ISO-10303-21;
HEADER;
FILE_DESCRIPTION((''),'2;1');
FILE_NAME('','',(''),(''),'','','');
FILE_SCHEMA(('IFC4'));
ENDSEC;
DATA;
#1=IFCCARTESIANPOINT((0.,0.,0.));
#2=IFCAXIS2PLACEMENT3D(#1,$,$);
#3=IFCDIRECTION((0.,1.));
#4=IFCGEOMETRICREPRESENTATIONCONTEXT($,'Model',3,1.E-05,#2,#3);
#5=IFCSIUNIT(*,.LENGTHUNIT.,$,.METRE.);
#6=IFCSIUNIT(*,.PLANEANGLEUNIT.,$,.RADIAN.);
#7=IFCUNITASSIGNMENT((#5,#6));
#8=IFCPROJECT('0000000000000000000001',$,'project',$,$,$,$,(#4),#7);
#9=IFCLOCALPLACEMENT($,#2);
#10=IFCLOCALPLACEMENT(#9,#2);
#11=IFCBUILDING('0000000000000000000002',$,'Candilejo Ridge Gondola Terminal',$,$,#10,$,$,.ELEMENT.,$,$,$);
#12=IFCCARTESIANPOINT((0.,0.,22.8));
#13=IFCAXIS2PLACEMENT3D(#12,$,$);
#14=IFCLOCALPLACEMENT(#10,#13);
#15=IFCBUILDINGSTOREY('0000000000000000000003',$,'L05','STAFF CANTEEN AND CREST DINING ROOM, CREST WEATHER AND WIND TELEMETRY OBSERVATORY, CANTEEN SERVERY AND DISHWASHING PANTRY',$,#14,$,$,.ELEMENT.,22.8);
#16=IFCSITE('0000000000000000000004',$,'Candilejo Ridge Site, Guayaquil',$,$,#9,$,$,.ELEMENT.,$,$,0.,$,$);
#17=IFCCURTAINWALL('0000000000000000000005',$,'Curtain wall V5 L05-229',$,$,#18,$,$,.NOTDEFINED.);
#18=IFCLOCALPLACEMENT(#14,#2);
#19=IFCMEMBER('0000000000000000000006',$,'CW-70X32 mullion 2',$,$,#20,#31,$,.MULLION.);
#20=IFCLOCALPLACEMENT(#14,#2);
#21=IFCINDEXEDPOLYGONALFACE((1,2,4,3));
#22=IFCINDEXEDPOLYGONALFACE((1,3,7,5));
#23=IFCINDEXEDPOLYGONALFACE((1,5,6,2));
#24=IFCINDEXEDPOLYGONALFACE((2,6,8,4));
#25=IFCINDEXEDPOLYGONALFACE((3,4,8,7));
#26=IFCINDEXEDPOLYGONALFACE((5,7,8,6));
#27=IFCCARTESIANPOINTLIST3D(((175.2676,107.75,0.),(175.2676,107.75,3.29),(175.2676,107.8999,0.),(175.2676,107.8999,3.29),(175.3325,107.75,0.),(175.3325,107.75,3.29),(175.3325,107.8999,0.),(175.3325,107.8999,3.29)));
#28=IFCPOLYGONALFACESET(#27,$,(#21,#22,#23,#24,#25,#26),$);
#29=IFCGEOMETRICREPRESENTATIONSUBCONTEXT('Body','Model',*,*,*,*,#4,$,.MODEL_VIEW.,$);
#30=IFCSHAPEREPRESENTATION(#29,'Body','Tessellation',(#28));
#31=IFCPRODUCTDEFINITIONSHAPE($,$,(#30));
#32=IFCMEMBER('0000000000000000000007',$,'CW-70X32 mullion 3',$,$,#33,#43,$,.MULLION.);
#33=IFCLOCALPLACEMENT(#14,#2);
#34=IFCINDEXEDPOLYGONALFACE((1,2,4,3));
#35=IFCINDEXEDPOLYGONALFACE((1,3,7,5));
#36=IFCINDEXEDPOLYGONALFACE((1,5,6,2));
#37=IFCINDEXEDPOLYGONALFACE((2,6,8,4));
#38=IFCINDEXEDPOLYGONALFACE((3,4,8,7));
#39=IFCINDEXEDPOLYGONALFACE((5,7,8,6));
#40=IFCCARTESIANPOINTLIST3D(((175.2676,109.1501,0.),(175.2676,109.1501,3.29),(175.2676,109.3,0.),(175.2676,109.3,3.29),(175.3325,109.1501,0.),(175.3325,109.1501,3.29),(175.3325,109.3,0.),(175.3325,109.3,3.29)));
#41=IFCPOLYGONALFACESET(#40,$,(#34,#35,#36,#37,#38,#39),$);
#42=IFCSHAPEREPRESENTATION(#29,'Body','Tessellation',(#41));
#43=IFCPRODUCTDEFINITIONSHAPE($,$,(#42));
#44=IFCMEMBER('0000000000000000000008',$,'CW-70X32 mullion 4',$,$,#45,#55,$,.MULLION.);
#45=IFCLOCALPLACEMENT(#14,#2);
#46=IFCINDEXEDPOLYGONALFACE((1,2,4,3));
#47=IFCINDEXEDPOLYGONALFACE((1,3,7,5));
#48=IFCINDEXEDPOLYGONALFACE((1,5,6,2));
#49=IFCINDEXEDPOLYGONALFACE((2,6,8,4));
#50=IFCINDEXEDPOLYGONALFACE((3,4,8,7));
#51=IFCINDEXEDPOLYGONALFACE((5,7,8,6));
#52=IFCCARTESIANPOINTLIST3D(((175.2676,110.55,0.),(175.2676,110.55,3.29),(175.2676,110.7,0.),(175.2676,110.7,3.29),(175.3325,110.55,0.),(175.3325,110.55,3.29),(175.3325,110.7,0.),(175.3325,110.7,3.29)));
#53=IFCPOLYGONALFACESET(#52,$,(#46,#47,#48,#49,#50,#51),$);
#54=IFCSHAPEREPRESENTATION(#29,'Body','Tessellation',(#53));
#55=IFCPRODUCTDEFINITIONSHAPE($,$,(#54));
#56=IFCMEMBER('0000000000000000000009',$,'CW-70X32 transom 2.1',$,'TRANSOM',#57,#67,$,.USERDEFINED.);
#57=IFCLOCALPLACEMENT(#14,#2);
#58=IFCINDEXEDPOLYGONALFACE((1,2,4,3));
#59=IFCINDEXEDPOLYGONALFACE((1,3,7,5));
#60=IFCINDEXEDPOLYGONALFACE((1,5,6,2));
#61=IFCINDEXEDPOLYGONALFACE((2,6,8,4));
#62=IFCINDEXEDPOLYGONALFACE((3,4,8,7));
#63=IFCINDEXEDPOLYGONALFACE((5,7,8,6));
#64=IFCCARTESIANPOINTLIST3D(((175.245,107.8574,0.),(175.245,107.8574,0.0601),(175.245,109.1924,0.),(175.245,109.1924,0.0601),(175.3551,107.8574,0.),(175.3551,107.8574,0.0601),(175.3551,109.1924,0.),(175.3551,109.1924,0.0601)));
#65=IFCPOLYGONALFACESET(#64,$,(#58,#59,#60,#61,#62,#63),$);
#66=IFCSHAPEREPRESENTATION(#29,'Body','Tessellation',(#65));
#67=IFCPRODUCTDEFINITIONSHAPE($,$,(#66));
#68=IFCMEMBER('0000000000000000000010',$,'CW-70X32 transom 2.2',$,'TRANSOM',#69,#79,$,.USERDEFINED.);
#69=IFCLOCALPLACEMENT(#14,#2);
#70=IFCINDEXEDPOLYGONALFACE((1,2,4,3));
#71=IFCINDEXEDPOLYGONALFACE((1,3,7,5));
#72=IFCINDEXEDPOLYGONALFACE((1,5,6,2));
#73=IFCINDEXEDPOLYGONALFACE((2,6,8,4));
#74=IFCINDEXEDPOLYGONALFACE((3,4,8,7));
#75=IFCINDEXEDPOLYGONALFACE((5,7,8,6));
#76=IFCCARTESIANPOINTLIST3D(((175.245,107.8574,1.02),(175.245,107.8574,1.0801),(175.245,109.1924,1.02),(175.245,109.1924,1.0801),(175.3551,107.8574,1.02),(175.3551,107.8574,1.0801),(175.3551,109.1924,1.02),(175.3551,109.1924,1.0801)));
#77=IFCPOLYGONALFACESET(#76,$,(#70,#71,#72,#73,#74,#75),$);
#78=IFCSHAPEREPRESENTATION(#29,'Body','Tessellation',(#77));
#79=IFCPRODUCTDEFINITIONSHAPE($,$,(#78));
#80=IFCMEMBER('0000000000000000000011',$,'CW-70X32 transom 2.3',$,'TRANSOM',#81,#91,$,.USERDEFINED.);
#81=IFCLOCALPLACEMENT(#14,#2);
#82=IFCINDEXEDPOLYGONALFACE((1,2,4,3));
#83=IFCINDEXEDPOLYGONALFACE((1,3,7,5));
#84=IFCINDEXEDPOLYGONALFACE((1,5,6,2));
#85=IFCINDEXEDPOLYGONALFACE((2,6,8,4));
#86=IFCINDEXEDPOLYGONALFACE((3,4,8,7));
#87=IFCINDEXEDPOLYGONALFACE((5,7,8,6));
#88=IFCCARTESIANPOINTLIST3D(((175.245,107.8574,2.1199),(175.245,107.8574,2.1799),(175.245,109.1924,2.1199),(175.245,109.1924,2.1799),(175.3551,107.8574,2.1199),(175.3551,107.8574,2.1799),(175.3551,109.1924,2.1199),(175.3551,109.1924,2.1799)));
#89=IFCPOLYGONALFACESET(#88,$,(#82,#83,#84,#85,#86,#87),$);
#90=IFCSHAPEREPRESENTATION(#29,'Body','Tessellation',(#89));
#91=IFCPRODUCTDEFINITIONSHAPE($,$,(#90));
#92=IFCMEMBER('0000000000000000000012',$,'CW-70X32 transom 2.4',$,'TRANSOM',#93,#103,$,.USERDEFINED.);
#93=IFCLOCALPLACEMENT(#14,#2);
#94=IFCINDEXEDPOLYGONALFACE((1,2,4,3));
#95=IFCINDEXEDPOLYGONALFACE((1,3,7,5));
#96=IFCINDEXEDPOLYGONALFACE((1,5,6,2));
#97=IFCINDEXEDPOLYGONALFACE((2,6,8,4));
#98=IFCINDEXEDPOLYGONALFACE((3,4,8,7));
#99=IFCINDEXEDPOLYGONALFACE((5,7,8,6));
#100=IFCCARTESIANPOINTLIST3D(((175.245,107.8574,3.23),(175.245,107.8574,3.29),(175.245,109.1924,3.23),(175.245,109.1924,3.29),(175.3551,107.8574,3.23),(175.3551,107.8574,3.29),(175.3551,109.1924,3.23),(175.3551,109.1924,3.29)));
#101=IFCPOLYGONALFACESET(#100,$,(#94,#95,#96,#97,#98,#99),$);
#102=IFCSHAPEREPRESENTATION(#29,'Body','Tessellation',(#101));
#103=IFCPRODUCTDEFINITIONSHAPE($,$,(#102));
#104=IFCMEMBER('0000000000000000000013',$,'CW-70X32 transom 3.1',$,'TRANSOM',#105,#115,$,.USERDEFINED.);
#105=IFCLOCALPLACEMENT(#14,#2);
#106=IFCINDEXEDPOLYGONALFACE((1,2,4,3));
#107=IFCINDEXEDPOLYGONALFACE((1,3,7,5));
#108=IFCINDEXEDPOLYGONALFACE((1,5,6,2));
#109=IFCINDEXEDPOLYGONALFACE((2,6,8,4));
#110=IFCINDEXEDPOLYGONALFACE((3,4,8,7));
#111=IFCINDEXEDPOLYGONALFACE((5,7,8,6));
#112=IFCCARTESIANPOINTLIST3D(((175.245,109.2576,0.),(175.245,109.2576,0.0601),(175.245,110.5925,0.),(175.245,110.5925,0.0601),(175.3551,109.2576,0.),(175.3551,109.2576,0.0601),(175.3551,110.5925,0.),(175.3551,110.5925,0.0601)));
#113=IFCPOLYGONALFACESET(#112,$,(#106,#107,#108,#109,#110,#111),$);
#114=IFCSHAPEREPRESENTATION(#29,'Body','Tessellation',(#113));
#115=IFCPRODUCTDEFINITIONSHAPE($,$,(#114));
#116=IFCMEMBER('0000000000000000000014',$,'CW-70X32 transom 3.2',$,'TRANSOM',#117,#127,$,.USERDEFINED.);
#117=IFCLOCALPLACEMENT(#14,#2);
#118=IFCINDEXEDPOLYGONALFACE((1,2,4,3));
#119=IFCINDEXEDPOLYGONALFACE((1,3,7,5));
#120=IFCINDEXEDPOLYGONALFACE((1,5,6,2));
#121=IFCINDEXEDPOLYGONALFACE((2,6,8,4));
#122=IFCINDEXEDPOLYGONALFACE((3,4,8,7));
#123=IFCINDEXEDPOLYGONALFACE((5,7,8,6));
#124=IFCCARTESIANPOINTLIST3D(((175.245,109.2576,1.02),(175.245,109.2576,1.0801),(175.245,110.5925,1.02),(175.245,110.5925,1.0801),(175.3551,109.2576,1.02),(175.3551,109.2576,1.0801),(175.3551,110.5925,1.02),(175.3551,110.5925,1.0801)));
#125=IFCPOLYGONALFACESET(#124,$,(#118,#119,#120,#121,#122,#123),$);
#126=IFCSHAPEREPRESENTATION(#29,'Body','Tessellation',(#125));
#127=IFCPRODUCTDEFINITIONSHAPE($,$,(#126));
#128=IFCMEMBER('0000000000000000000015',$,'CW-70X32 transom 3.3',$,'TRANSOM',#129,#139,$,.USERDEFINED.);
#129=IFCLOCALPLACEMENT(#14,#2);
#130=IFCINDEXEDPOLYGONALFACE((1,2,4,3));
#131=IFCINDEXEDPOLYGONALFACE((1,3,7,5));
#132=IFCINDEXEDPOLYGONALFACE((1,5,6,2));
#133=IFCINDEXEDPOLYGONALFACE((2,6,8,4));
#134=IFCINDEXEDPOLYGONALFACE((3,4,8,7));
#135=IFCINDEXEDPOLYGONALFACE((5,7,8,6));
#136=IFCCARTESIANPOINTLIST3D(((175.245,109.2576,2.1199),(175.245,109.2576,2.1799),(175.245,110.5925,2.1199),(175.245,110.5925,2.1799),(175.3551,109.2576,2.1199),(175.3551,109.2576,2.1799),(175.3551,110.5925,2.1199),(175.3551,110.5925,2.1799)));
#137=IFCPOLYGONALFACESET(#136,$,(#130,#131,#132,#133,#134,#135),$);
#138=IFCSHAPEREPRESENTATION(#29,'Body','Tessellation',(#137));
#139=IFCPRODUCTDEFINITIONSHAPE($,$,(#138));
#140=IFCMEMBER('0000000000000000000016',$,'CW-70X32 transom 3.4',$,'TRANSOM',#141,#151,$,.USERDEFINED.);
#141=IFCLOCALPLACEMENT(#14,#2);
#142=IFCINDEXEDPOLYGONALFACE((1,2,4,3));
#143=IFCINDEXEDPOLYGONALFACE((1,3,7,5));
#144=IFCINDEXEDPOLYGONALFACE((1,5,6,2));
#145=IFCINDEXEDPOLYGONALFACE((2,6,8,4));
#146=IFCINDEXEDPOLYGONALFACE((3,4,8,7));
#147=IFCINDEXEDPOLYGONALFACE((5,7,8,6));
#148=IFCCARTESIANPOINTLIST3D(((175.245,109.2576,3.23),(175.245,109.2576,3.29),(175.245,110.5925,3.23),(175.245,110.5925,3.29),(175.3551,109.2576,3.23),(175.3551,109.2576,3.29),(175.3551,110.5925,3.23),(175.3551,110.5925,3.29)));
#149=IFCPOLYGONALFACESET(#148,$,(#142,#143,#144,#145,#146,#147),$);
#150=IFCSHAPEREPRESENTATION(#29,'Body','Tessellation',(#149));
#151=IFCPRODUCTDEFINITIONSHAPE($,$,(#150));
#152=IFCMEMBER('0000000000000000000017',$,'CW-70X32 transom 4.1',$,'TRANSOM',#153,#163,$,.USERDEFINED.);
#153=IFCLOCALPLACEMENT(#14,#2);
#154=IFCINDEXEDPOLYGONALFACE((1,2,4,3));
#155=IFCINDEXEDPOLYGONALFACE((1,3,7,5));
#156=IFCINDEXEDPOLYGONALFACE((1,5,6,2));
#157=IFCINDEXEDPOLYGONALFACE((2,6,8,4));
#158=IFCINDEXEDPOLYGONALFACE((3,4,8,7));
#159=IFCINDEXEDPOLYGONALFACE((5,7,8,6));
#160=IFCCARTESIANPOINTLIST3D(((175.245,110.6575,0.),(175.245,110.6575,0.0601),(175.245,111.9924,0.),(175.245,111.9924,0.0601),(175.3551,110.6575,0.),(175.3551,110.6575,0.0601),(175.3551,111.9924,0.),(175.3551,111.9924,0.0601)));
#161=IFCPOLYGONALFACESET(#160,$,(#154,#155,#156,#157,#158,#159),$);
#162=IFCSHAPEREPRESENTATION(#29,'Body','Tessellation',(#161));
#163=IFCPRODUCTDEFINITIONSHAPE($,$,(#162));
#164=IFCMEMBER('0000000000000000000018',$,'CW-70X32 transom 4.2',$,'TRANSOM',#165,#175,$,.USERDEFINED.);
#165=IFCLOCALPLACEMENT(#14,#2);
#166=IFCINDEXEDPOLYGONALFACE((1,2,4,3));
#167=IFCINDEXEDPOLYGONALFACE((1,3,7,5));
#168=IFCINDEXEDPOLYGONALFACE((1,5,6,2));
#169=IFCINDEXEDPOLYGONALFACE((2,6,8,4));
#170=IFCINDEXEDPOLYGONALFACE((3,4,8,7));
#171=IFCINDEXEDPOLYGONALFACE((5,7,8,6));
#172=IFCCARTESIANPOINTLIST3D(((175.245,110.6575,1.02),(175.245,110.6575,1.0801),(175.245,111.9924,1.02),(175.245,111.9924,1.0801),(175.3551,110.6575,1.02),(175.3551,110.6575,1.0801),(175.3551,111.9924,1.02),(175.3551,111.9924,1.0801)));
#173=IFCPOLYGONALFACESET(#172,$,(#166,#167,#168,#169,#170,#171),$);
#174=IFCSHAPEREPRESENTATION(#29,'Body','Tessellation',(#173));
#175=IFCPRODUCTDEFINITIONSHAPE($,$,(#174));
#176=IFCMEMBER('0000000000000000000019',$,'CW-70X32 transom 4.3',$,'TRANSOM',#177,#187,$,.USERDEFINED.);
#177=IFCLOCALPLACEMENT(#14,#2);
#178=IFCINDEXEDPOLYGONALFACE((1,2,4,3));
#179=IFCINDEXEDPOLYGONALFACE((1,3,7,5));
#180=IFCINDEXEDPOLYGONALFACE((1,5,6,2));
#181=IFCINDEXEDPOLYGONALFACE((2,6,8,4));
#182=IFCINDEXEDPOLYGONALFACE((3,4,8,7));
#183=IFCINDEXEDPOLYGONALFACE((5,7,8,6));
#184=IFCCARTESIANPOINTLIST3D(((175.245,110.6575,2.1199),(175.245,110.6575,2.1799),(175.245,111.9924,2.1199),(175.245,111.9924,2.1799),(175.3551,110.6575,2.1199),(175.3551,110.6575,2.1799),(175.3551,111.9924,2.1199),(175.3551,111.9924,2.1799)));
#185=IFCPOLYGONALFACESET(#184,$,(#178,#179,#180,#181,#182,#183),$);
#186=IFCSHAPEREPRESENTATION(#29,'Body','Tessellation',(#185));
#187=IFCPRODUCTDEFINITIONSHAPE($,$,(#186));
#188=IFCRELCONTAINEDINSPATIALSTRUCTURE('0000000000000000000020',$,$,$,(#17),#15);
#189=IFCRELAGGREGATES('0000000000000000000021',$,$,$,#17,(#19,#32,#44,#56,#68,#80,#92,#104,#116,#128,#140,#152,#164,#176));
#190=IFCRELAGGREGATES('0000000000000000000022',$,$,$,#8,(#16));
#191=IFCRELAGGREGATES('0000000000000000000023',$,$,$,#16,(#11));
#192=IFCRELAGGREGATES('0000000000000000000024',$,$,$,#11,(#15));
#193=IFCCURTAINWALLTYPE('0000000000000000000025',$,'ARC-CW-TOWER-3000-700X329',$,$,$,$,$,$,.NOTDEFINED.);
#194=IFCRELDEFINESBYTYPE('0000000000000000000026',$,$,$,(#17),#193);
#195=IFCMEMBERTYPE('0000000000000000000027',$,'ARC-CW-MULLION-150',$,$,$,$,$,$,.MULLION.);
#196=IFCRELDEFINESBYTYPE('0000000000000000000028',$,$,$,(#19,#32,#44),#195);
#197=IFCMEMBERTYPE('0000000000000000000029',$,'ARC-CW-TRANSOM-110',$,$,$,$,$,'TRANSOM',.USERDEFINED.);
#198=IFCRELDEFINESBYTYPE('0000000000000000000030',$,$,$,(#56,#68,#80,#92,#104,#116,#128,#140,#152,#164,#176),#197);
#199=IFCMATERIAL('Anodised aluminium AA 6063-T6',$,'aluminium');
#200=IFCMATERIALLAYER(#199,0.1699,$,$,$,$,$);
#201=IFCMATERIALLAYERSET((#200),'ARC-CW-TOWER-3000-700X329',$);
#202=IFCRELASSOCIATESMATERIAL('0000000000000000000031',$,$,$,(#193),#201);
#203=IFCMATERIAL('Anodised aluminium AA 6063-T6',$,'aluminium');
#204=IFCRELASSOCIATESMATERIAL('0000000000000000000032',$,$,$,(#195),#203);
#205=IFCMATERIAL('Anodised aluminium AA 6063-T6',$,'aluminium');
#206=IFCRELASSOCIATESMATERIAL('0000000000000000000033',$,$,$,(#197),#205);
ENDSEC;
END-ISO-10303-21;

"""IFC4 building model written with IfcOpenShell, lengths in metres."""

from ifc_helpers import new_model, si_unit, direction, frame, origin, origin_2d, place, context, subcontext, project, spatial, rectangle, extrude, material, layer, layer_set, material_profile, profile_set, type_object, element, aggregate, save


model = new_model("IFC4")

# Units and contexts
model_context = context("Model", 3, precision=1e-05, world=origin(), true_north=direction((0.0, 1.0)))
body_context = subcontext(model_context, "Body", "Model", "MODEL_VIEW")
ifc_project = project(units=[si_unit("LENGTHUNIT", "METRE"), si_unit("PLANEANGLEUNIT", "RADIAN")], contexts=[model_context])

# Site, building, storey
site_placement = place(None, origin())
site = spatial("IfcSite", under=ifc_project, at=site_placement, Name="Candilejo Ridge Site, Guayaquil", CompositionType="ELEMENT", RefElevation=0.0)
building_placement = place(site_placement, origin())
building = spatial("IfcBuilding", under=site, at=building_placement, Name="Candilejo Ridge Gondola Terminal", CompositionType="ELEMENT")
storey_placement = place(building_placement, frame((0.0, 0.0, 22.8)))
storey = spatial("IfcBuildingStorey", under=building, at=storey_placement, Name="L05", Description="STAFF CANTEEN AND CREST DINING ROOM, CREST WEATHER AND WIND TELEMETRY OBSERVATORY, CANTEEN SERVERY AND DISHWASHING PANTRY", CompositionType="ELEMENT", Elevation=22.8)

# Curtain wall, members
ifc_material_1 = material(Name="Anodised aluminium AA 6063-T6", Category="aluminium")
ifc_layer_1 = layer(ifc_material_1, 0.1699)
ifc_layer_set_1 = layer_set([ifc_layer_1], Name="ARC-CW-TOWER-3000-700X329")
curtain_wall_type = type_object("IfcCurtainWallType", Name="ARC-CW-TOWER-3000-700X329", PredefinedType="NOTDEFINED", material=ifc_layer_set_1)
curtain_wall_placement = place(storey_placement, origin())
curtain_wall = element("IfcCurtainWall", 1, at=curtain_wall_placement, inside=storey, type_object=curtain_wall_type, Name="Curtain wall V5 L05-229", PredefinedType="NOTDEFINED")
ifc_material_2 = material(Name="Anodised aluminium AA 6063-T6", Category="aluminium")
ifc_material_profile_1 = material_profile(ifc_material_2, rectangle(XDim=0.0649, YDim=0.1499, at=origin_2d()))
ifc_profile_set_1 = profile_set([ifc_material_profile_1], Name="Anodised aluminium AA 6063-T6")
member_type_1 = type_object("IfcMemberType", Name="ARC-CW-MULLION-150", PredefinedType="MULLION", material=ifc_profile_set_1)
member_1_placement = place(storey_placement, frame((175.3, 107.825, 0.0), z_axis=(0.0, 0.0, 1.0), x_axis=(-1.0, 0.0, 0.0)))
member_1 = element("IfcMember", 2, at=member_1_placement, type_object=member_type_1, Name="CW-70X32 mullion 2", PredefinedType="MULLION", context=body_context, shape_type="SweptSolid", body=[
    extrude(rectangle(XDim=0.0649, YDim=0.1499, at=origin_2d()), origin(), (0.0, 0.0, 1.0), 3.29),
])
member_2_placement = place(storey_placement, frame((175.3, 109.2251, 0.0), z_axis=(0.0, 0.0, 1.0), x_axis=(-1.0, 0.0, 0.0)))
member_2 = element("IfcMember", 3, at=member_2_placement, type_object=member_type_1, Name="CW-70X32 mullion 3", PredefinedType="MULLION", context=body_context, shape_type="SweptSolid", body=[
    extrude(rectangle(XDim=0.0649, YDim=0.1499, at=origin_2d()), origin(), (0.0, 0.0, 1.0), 3.29),
])
member_3_placement = place(storey_placement, frame((175.3, 110.625, 0.0), z_axis=(0.0, 0.0, 1.0), x_axis=(-1.0, 0.0, 0.0)))
member_3 = element("IfcMember", 4, at=member_3_placement, type_object=member_type_1, Name="CW-70X32 mullion 4", PredefinedType="MULLION", context=body_context, shape_type="SweptSolid", body=[
    extrude(rectangle(XDim=0.0649, YDim=0.1499, at=origin_2d()), origin(), (0.0, 0.0, 1.0), 3.29),
])
ifc_material_3 = material(Name="Anodised aluminium AA 6063-T6", Category="aluminium")
ifc_material_profile_2 = material_profile(ifc_material_3, rectangle(XDim=0.1101, YDim=0.0601, at=origin_2d()))
ifc_profile_set_2 = profile_set([ifc_material_profile_2], Name="Anodised aluminium AA 6063-T6")
member_type_2 = type_object("IfcMemberType", Name="ARC-CW-TRANSOM-110", ElementType="TRANSOM", PredefinedType="USERDEFINED", material=ifc_profile_set_2)
member_4_placement = place(storey_placement, frame((175.3, 107.8574, 0.03), z_axis=(0.0, 1.0, 0.0), x_axis=(-1.0, 0.0, 0.0)))
member_4 = element("IfcMember", 5, at=member_4_placement, type_object=member_type_2, Name="CW-70X32 transom 2.1", ObjectType="TRANSOM", PredefinedType="USERDEFINED", context=body_context, shape_type="SweptSolid", body=[
    extrude(rectangle(XDim=0.1101, YDim=0.0601, at=origin_2d()), origin(), (0.0, 0.0, 1.0), 1.335),
])
member_5_placement = place(storey_placement, frame((175.3, 107.8574, 1.05), z_axis=(0.0, 1.0, 0.0), x_axis=(-1.0, 0.0, 0.0)))
member_5 = element("IfcMember", 6, at=member_5_placement, type_object=member_type_2, Name="CW-70X32 transom 2.2", ObjectType="TRANSOM", PredefinedType="USERDEFINED", context=body_context, shape_type="SweptSolid", body=[
    extrude(rectangle(XDim=0.1101, YDim=0.0601, at=origin_2d()), origin(), (0.0, 0.0, 1.0), 1.335),
])
member_6_placement = place(storey_placement, frame((175.3, 107.8574, 2.1499), z_axis=(0.0, 1.0, 0.0), x_axis=(-1.0, 0.0, 0.0)))
member_6 = element("IfcMember", 7, at=member_6_placement, type_object=member_type_2, Name="CW-70X32 transom 2.3", ObjectType="TRANSOM", PredefinedType="USERDEFINED", context=body_context, shape_type="SweptSolid", body=[
    extrude(rectangle(XDim=0.1101, YDim=0.0601, at=origin_2d()), origin(), (0.0, 0.0, 1.0), 1.335),
])
member_7_placement = place(storey_placement, frame((175.3, 107.8574, 3.26), z_axis=(0.0, 1.0, 0.0), x_axis=(-1.0, 0.0, 0.0)))
member_7 = element("IfcMember", 8, at=member_7_placement, type_object=member_type_2, Name="CW-70X32 transom 2.4", ObjectType="TRANSOM", PredefinedType="USERDEFINED", context=body_context, shape_type="SweptSolid", body=[
    extrude(rectangle(XDim=0.1101, YDim=0.0601, at=origin_2d()), origin(), (0.0, 0.0, 1.0), 1.335),
])
member_8_placement = place(storey_placement, frame((175.3, 109.2576, 0.03), z_axis=(0.0, 1.0, 0.0), x_axis=(-1.0, 0.0, 0.0)))
member_8 = element("IfcMember", 9, at=member_8_placement, type_object=member_type_2, Name="CW-70X32 transom 3.1", ObjectType="TRANSOM", PredefinedType="USERDEFINED", context=body_context, shape_type="SweptSolid", body=[
    extrude(rectangle(XDim=0.1101, YDim=0.0601, at=origin_2d()), origin(), (0.0, 0.0, 1.0), 1.335),
])
member_9_placement = place(storey_placement, frame((175.3, 109.2576, 1.05), z_axis=(0.0, 1.0, 0.0), x_axis=(-1.0, 0.0, 0.0)))
member_9 = element("IfcMember", 10, at=member_9_placement, type_object=member_type_2, Name="CW-70X32 transom 3.2", ObjectType="TRANSOM", PredefinedType="USERDEFINED", context=body_context, shape_type="SweptSolid", body=[
    extrude(rectangle(XDim=0.1101, YDim=0.0601, at=origin_2d()), origin(), (0.0, 0.0, 1.0), 1.335),
])
member_10_placement = place(storey_placement, frame((175.3, 109.2576, 2.1499), z_axis=(0.0, 1.0, 0.0), x_axis=(-1.0, 0.0, 0.0)))
member_10 = element("IfcMember", 11, at=member_10_placement, type_object=member_type_2, Name="CW-70X32 transom 3.3", ObjectType="TRANSOM", PredefinedType="USERDEFINED", context=body_context, shape_type="SweptSolid", body=[
    extrude(rectangle(XDim=0.1101, YDim=0.0601, at=origin_2d()), origin(), (0.0, 0.0, 1.0), 1.335),
])
member_11_placement = place(storey_placement, frame((175.3, 109.2576, 3.26), z_axis=(0.0, 1.0, 0.0), x_axis=(-1.0, 0.0, 0.0)))
member_11 = element("IfcMember", 12, at=member_11_placement, type_object=member_type_2, Name="CW-70X32 transom 3.4", ObjectType="TRANSOM", PredefinedType="USERDEFINED", context=body_context, shape_type="SweptSolid", body=[
    extrude(rectangle(XDim=0.1101, YDim=0.0601, at=origin_2d()), origin(), (0.0, 0.0, 1.0), 1.335),
])
member_12_placement = place(storey_placement, frame((175.3, 110.6575, 0.03), z_axis=(0.0, 1.0, 0.0), x_axis=(-1.0, 0.0, 0.0)))
member_12 = element("IfcMember", 13, at=member_12_placement, type_object=member_type_2, Name="CW-70X32 transom 4.1", ObjectType="TRANSOM", PredefinedType="USERDEFINED", context=body_context, shape_type="SweptSolid", body=[
    extrude(rectangle(XDim=0.1101, YDim=0.0601, at=origin_2d()), origin(), (0.0, 0.0, 1.0), 1.335),
])
member_13_placement = place(storey_placement, frame((175.3, 110.6575, 1.05), z_axis=(0.0, 1.0, 0.0), x_axis=(-1.0, 0.0, 0.0)))
member_13 = element("IfcMember", 14, at=member_13_placement, type_object=member_type_2, Name="CW-70X32 transom 4.2", ObjectType="TRANSOM", PredefinedType="USERDEFINED", context=body_context, shape_type="SweptSolid", body=[
    extrude(rectangle(XDim=0.1101, YDim=0.0601, at=origin_2d()), origin(), (0.0, 0.0, 1.0), 1.335),
])
member_14_placement = place(storey_placement, frame((175.3, 110.6575, 2.1499), z_axis=(0.0, 1.0, 0.0), x_axis=(-1.0, 0.0, 0.0)))
member_14 = element("IfcMember", 15, at=member_14_placement, type_object=member_type_2, Name="CW-70X32 transom 4.3", ObjectType="TRANSOM", PredefinedType="USERDEFINED", context=body_context, shape_type="SweptSolid", body=[
    extrude(rectangle(XDim=0.1101, YDim=0.0601, at=origin_2d()), origin(), (0.0, 0.0, 1.0), 1.335),
])
aggregate(curtain_wall, [member_1, member_2, member_3, member_4, member_5, member_6, member_7, member_8, member_9, member_10, member_11, member_12, member_13, member_14])

save(model, "model.ifc")
